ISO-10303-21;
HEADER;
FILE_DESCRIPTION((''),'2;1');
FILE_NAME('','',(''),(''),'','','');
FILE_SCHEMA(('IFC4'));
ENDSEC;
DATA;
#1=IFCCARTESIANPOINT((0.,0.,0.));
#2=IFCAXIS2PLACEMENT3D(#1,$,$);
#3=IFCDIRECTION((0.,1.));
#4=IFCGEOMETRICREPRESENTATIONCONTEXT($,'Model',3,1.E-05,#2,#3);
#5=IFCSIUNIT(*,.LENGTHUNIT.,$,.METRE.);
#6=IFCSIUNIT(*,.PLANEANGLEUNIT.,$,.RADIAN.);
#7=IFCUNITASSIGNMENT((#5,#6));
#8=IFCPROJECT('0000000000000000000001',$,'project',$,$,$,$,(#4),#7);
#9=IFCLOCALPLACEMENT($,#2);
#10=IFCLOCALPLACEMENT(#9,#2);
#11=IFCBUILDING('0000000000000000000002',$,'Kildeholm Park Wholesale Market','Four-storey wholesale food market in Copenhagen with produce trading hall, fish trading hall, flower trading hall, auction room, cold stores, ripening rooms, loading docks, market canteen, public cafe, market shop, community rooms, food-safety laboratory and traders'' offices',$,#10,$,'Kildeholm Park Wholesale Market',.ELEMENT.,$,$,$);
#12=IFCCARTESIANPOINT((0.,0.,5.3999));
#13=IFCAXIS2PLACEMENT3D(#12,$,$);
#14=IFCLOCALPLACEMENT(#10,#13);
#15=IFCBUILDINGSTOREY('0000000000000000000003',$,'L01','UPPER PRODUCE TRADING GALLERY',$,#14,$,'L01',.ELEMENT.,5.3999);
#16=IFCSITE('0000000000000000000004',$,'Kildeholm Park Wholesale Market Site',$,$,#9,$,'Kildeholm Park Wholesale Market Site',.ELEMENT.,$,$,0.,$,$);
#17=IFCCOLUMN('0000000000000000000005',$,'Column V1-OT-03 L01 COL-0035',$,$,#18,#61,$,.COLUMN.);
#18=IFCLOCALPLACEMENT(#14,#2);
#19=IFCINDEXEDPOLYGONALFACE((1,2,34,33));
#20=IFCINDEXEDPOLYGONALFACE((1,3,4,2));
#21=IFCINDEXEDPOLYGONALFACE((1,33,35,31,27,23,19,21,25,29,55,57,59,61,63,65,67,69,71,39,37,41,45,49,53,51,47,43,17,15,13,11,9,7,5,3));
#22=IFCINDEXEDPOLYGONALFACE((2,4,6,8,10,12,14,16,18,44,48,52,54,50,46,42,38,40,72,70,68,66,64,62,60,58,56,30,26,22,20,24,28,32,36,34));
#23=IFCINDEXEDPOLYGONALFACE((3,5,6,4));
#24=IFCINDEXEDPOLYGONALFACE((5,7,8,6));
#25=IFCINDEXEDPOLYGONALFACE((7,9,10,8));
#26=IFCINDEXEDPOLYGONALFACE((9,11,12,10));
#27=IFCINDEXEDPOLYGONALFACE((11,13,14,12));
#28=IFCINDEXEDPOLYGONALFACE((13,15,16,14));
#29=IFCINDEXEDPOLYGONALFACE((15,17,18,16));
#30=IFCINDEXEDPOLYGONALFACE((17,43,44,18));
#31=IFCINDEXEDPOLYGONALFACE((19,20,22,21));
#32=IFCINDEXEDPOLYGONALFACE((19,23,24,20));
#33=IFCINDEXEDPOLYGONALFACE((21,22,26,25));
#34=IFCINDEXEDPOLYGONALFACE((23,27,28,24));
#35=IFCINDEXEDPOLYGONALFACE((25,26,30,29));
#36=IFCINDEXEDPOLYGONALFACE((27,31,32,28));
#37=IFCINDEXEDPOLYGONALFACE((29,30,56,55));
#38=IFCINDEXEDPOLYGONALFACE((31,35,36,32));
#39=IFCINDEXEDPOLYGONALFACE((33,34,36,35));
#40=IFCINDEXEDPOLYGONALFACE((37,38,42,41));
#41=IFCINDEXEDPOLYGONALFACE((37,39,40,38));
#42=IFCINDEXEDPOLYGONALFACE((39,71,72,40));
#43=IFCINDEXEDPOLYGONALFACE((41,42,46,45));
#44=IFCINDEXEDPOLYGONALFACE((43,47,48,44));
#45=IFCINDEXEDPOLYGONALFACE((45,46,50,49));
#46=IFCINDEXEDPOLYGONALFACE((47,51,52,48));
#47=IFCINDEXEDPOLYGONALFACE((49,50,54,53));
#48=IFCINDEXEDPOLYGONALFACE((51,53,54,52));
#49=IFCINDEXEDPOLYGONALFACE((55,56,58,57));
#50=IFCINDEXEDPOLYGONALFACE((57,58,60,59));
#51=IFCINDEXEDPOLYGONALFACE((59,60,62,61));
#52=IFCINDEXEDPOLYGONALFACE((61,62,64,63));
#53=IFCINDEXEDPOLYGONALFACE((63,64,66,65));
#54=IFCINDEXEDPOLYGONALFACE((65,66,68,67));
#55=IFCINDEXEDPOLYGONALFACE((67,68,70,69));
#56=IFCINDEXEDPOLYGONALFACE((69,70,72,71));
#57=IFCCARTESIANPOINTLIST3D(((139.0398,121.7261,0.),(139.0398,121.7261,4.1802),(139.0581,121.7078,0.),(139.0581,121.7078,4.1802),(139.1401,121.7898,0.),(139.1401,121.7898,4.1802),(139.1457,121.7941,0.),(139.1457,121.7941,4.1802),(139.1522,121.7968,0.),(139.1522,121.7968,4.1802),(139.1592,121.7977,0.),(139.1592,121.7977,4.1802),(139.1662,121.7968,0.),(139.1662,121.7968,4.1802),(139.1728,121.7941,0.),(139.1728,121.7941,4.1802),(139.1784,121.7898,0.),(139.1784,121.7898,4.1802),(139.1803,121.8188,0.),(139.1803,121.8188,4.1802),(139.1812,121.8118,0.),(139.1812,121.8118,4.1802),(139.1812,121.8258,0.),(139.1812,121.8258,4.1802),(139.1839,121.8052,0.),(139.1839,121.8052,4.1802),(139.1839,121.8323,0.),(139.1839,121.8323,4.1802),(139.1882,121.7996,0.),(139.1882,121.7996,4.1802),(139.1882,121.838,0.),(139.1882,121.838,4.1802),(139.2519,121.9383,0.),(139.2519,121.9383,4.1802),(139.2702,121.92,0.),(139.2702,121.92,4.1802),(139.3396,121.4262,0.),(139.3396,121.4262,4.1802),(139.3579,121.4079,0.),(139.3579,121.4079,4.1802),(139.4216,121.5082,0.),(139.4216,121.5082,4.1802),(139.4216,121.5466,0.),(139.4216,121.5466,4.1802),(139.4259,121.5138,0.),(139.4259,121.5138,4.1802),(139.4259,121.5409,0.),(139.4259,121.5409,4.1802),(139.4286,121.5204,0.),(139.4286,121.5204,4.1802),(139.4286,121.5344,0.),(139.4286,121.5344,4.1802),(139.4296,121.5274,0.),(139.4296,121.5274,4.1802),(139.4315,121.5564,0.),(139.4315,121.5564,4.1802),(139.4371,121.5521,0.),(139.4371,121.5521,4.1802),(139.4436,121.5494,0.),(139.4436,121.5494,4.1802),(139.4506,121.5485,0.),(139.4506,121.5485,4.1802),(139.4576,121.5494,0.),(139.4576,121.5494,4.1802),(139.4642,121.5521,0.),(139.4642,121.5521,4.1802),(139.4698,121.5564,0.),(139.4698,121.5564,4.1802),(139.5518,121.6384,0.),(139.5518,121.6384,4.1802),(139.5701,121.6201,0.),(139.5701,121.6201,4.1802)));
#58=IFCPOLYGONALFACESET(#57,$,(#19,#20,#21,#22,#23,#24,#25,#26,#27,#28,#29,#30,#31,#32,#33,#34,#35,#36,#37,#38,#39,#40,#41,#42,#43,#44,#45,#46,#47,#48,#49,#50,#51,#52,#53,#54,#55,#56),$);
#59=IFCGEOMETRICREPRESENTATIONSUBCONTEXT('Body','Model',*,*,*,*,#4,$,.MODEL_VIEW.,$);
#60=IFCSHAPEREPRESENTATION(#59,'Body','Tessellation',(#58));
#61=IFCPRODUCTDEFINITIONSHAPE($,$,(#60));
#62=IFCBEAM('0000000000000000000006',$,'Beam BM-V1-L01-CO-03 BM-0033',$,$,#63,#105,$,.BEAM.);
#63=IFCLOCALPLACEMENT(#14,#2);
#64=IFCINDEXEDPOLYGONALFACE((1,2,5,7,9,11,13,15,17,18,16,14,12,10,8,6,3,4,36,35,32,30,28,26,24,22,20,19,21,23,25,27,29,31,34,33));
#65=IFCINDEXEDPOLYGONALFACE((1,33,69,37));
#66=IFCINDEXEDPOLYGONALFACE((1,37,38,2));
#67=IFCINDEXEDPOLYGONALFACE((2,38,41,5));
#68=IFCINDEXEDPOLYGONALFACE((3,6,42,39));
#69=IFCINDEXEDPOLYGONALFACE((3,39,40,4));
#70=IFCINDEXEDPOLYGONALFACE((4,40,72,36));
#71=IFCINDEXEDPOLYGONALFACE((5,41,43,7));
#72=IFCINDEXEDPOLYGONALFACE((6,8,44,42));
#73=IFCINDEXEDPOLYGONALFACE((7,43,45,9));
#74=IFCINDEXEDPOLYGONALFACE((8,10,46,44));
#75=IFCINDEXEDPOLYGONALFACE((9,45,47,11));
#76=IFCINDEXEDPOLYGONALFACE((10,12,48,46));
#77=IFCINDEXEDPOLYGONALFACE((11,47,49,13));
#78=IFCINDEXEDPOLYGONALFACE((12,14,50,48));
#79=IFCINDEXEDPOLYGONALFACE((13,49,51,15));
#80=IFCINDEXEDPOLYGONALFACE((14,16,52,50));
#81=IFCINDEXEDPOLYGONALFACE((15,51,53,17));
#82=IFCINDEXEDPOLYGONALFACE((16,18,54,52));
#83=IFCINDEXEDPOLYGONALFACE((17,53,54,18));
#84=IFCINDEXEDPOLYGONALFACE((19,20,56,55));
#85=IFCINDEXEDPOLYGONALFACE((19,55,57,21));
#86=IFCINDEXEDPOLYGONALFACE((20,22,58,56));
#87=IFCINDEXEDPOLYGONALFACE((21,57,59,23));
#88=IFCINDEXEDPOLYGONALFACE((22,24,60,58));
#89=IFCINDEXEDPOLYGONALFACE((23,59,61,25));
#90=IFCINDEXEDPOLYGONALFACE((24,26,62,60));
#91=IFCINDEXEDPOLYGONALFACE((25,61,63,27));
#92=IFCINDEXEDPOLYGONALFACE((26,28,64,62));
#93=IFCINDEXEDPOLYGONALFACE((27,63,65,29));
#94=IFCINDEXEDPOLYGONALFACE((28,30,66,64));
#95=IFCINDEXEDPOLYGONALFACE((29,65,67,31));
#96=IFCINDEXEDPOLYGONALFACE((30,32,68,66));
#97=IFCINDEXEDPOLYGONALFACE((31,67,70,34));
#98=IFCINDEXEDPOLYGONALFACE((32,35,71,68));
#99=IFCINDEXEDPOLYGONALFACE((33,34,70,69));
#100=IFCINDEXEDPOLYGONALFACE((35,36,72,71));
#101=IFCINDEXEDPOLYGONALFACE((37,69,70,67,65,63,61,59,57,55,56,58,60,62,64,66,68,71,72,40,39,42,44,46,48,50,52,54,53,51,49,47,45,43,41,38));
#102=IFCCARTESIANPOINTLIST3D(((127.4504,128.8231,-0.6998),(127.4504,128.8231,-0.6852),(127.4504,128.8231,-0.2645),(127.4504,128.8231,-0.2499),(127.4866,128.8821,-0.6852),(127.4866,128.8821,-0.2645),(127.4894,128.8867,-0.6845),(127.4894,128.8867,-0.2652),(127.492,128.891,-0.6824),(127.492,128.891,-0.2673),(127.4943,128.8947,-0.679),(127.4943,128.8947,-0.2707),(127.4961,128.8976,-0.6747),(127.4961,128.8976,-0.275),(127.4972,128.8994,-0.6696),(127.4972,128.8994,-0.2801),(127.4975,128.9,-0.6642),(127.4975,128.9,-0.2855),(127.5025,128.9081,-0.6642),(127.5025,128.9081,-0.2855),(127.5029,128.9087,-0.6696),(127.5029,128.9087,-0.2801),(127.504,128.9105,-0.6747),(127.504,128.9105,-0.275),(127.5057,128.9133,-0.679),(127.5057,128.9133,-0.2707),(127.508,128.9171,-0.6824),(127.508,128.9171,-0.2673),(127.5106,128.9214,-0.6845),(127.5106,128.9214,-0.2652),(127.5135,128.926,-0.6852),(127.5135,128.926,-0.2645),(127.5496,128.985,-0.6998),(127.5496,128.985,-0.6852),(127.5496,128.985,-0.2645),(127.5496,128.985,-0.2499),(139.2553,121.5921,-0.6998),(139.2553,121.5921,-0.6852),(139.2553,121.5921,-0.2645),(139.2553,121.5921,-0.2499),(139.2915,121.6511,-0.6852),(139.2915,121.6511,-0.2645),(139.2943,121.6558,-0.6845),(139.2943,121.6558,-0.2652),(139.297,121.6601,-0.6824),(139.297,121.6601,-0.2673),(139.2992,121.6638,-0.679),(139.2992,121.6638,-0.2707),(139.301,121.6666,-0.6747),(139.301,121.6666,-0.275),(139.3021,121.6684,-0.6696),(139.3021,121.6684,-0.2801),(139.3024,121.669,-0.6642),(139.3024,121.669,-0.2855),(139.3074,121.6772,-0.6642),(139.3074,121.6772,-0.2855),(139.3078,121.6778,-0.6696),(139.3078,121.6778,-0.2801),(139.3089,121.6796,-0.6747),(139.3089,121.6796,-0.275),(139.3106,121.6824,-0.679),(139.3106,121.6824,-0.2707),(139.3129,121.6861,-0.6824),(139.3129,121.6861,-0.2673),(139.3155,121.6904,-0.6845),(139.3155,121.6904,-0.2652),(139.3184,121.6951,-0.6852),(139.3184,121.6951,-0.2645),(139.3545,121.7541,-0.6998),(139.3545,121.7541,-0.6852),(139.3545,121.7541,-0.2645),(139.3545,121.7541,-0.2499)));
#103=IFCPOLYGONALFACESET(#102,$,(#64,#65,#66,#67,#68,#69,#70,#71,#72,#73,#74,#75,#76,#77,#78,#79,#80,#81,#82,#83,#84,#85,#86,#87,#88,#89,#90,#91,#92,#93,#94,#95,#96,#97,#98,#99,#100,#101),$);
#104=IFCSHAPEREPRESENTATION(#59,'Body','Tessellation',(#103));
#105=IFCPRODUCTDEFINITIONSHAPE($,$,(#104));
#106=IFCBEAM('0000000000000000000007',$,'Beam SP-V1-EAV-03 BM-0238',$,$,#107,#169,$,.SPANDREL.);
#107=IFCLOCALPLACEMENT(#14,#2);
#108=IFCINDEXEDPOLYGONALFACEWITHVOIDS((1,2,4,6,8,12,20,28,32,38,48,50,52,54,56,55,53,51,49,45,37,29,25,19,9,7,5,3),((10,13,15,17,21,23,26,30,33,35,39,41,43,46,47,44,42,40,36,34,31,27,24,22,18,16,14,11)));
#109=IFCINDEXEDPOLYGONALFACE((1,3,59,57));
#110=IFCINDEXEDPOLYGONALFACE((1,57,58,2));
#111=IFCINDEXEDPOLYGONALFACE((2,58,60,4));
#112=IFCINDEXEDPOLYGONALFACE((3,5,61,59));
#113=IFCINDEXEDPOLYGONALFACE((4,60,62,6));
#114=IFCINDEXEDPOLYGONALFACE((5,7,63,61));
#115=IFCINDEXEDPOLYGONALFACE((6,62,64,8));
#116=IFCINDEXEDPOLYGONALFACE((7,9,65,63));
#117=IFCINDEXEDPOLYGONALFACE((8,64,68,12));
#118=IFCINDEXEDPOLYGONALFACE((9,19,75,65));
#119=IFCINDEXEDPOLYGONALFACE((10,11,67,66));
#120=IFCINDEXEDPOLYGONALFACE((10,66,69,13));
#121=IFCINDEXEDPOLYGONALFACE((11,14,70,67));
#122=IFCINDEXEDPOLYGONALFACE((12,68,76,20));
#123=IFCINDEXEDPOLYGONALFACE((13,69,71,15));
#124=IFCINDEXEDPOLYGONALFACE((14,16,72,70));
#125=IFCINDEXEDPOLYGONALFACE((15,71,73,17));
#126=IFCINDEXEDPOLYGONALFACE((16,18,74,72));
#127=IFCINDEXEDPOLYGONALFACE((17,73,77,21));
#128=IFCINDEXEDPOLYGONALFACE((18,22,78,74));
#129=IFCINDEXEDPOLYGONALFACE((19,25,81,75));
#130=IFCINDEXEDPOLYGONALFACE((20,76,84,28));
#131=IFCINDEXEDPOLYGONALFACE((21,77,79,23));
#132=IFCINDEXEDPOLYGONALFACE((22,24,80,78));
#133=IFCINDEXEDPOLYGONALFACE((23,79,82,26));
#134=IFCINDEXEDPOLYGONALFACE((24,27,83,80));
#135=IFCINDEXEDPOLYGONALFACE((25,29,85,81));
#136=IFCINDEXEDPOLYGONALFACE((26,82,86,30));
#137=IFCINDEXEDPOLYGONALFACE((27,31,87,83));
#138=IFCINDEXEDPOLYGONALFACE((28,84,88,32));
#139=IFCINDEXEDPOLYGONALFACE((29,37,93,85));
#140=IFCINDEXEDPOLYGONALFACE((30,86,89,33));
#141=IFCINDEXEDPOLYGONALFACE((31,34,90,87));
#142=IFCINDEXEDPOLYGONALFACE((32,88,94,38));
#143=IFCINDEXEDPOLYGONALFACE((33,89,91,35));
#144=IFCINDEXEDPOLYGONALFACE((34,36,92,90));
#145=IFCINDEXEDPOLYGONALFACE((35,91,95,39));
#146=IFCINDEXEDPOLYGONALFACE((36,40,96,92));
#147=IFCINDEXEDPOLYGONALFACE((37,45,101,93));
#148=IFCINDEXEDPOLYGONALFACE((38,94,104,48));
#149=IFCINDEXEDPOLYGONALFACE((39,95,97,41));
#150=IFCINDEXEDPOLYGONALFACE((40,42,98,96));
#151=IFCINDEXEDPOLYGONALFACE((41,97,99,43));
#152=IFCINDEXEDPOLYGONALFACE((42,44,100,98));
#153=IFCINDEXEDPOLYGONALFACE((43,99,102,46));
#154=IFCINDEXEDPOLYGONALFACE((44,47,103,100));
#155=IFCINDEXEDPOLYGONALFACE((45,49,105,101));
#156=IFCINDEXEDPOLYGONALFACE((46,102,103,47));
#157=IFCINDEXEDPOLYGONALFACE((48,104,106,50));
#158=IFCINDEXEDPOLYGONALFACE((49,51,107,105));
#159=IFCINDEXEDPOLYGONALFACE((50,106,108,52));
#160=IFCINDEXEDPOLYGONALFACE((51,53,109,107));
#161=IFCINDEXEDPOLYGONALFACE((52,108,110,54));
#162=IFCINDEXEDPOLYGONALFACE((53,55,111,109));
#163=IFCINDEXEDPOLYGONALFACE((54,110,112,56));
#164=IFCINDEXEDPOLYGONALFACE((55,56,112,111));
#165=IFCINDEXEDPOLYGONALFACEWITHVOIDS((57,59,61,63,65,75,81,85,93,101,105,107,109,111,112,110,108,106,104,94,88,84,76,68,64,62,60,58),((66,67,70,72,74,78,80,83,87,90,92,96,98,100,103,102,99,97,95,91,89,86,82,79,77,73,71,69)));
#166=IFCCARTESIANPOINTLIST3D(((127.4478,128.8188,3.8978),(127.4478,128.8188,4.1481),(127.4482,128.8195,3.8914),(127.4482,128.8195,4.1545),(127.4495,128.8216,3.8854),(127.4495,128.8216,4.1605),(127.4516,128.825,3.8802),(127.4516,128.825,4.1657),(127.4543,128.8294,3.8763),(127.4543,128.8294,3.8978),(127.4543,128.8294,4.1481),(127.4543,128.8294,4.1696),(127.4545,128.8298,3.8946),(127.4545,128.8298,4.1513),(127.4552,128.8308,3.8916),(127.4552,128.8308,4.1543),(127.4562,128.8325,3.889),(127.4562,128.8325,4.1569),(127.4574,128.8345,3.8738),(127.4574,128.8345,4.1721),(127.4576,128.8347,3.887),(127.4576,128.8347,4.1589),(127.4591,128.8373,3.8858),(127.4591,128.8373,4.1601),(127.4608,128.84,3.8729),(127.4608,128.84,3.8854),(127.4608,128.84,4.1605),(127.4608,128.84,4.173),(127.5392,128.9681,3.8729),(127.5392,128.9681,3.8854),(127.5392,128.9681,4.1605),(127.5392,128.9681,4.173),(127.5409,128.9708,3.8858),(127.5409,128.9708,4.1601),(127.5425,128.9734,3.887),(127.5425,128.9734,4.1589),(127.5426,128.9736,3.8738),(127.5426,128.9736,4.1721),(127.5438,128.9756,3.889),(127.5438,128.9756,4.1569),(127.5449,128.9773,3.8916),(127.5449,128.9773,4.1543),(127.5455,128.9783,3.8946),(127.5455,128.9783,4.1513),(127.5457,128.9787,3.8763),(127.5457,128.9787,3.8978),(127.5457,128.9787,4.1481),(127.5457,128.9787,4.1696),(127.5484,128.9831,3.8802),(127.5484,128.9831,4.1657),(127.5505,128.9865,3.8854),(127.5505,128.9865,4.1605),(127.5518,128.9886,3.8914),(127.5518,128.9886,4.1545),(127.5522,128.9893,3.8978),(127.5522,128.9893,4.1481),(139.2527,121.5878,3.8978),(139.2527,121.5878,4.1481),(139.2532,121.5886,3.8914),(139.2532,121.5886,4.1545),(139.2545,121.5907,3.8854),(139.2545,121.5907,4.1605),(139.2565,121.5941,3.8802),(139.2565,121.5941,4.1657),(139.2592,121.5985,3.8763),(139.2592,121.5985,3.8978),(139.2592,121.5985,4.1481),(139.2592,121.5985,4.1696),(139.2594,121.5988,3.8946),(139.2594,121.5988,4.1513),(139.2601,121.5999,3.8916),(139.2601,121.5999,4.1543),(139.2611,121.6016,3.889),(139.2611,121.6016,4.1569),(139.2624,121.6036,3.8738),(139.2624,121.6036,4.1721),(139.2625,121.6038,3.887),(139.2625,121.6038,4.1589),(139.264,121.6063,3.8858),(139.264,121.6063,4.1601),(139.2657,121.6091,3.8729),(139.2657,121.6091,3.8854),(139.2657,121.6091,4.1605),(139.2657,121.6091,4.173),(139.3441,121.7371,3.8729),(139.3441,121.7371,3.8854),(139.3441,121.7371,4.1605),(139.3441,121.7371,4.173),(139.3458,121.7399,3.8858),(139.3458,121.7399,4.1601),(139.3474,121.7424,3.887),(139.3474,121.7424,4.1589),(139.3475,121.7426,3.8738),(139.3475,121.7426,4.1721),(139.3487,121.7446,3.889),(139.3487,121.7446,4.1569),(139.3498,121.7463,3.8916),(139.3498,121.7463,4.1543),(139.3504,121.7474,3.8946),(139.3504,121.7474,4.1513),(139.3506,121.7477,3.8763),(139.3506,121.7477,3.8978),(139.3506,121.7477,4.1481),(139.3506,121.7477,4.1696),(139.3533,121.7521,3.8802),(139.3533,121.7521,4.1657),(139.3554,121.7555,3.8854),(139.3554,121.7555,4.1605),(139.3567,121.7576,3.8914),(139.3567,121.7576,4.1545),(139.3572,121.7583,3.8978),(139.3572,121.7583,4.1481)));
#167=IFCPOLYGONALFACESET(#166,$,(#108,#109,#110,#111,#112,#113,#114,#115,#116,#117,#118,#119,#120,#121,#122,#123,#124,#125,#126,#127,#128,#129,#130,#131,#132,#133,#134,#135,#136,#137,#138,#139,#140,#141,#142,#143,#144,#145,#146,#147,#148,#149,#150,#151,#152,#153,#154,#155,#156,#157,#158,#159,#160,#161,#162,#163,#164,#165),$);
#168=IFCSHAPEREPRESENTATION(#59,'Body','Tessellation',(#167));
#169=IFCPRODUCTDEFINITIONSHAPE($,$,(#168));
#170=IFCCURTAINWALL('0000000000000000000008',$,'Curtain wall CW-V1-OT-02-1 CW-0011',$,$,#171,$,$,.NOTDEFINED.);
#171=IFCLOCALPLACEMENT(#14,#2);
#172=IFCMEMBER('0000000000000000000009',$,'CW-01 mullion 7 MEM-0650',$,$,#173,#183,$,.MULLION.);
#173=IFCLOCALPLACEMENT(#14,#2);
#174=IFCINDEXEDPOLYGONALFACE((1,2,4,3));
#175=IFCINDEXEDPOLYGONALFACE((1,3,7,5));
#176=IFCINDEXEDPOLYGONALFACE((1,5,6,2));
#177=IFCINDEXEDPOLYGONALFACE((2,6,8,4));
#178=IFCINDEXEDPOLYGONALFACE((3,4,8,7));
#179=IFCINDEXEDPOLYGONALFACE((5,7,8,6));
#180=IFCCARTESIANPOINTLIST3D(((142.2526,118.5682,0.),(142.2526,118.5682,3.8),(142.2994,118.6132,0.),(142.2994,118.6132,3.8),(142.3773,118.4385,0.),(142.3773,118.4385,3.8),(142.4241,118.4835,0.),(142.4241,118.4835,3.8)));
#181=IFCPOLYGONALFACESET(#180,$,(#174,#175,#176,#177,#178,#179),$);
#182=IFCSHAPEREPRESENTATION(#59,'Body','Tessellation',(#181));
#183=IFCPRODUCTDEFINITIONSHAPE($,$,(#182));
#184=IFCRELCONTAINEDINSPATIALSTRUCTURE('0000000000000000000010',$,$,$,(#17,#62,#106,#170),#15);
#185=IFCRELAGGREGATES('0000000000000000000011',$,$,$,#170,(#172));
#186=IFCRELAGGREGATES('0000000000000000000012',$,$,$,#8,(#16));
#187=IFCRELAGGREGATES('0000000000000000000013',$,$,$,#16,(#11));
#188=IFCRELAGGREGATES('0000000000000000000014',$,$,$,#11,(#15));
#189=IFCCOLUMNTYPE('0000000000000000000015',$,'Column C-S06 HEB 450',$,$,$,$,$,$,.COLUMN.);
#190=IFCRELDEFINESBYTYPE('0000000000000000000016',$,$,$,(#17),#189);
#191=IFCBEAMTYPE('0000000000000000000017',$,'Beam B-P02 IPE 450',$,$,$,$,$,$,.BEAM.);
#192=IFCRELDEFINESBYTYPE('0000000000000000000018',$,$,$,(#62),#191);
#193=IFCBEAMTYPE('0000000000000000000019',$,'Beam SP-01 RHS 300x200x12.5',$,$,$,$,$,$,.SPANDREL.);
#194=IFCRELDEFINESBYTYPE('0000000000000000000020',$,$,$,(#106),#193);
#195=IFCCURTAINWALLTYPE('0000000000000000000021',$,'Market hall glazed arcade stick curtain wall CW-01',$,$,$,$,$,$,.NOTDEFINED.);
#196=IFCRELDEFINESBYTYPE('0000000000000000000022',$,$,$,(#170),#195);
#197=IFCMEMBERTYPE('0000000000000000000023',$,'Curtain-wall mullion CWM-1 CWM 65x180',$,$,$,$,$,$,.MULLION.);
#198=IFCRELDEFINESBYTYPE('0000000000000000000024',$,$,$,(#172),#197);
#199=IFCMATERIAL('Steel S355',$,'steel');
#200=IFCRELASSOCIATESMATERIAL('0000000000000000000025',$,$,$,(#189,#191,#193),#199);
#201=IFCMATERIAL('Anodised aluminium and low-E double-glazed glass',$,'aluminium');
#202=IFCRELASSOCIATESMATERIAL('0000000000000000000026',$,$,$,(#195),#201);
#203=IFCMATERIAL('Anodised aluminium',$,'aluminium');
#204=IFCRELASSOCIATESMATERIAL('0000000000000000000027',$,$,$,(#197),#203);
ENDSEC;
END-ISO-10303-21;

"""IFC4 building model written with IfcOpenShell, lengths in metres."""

from ifc_helpers import new_model, si_unit, direction, frame, origin, origin_2d, place, context, subcontext, project, spatial, rectangle, hollow_rectangle, i_section, extrude, material, material_profile, profile_set, type_object, element, aggregate, save


model = new_model("IFC4")

# Units and contexts
model_context = context("Model", 3, precision=1e-05, world=origin(), true_north=direction((0.0, 1.0)))
body_context = subcontext(model_context, "Body", "Model", "MODEL_VIEW")
ifc_project = project(units=[si_unit("LENGTHUNIT", "METRE"), si_unit("PLANEANGLEUNIT", "RADIAN")], contexts=[model_context])

# Site, building, storey
site_placement = place(None, origin())
site = spatial("IfcSite", under=ifc_project, at=site_placement, Name="Kildeholm Park Wholesale Market Site", LongName="Kildeholm Park Wholesale Market Site", CompositionType="ELEMENT", RefElevation=0.0)
building_placement = place(site_placement, origin())
building = spatial("IfcBuilding", under=site, at=building_placement, Name="Kildeholm Park Wholesale Market", Description="Four-storey wholesale food market in Copenhagen with produce trading hall, fish trading hall, flower trading hall, auction room, cold stores, ripening rooms, loading docks, market canteen, public cafe, market shop, community rooms, food-safety laboratory and traders' offices", LongName="Kildeholm Park Wholesale Market", CompositionType="ELEMENT")
storey_placement = place(building_placement, frame((0.0, 0.0, 5.3999)))
storey = spatial("IfcBuildingStorey", under=building, at=storey_placement, Name="L01", Description="UPPER PRODUCE TRADING GALLERY", LongName="L01", CompositionType="ELEMENT", Elevation=5.3999)

# Column
ifc_material_1 = material(Name="Steel S355", Category="steel")
ifc_material_profile_1 = material_profile(ifc_material_1, i_section(OverallWidth=0.3, OverallDepth=0.45, WebThickness=0.0139, FlangeThickness=0.0259, FilletRadius=0.0271, at=origin_2d()), Name="HEB 450")
ifc_profile_set_1 = profile_set([ifc_material_profile_1], Name="Steel S355")
column_type = type_object("IfcColumnType", Name="Column C-S06 HEB 450", PredefinedType="COLUMN", material=ifc_profile_set_1)
column_placement = place(storey_placement, frame((139.3049, 121.6731, 0.0), z_axis=(0.0, 0.0, 1.0), x_axis=(0.707107, 0.707107, 0.0)))
element("IfcColumn", 1, at=column_placement, inside=storey, type_object=column_type, Name="Column V1-OT-03 L01 COL-0035", PredefinedType="COLUMN", context=body_context, shape_type="SweptSolid", body=[
    extrude(i_section(OverallWidth=0.3, OverallDepth=0.45, WebThickness=0.0139, FlangeThickness=0.0259, FilletRadius=0.0271, at=origin_2d()), origin(), (0.0, 0.0, 1.0), 4.1802),
])

# Beams
ifc_material_profile_2 = material_profile(ifc_material_1, i_section(OverallWidth=0.1899, OverallDepth=0.45, WebThickness=0.0095, FlangeThickness=0.0146, FilletRadius=0.021, at=origin_2d()), Name="IPE 450")
ifc_profile_set_2 = profile_set([ifc_material_profile_2], Name="Steel S355")
beam_type_1 = type_object("IfcBeamType", Name="Beam B-P02 IPE 450", PredefinedType="BEAM", material=ifc_profile_set_2)
beam_1_placement = place(storey_placement, frame((139.3049, 121.6731, -0.4749), z_axis=(-0.85274, 0.522335, 0.0), x_axis=(-0.522335, -0.85274, 0.0)))
element("IfcBeam", 2, at=beam_1_placement, inside=storey, type_object=beam_type_1, Name="Beam BM-V1-L01-CO-03 BM-0033", PredefinedType="BEAM", context=body_context, shape_type="SweptSolid", body=[
    extrude(i_section(OverallWidth=0.1899, OverallDepth=0.45, WebThickness=0.0095, FlangeThickness=0.0146, FilletRadius=0.021, at=origin_2d()), origin(), (0.0, 0.0, 1.0), 13.8435),
])
ifc_material_profile_3 = material_profile(ifc_material_1, hollow_rectangle(XDim=0.2, YDim=0.3, WallThickness=0.0125, InnerFilletRadius=0.0125, OuterFilletRadius=0.0249, at=origin_2d()), Name="RHS 300x200x12.5")
ifc_profile_set_3 = profile_set([ifc_material_profile_3], Name="Steel S355")
beam_type_2 = type_object("IfcBeamType", Name="Beam SP-01 RHS 300x200x12.5", PredefinedType="SPANDREL", material=ifc_profile_set_3)
beam_2_placement = place(storey_placement, frame((139.3049, 121.6731, 4.0229), z_axis=(-0.85274, 0.522335, 0.0), x_axis=(-0.522335, -0.85274, 0.0)))
element("IfcBeam", 3, at=beam_2_placement, inside=storey, type_object=beam_type_2, Name="Beam SP-V1-EAV-03 BM-0238", PredefinedType="SPANDREL", context=body_context, shape_type="SweptSolid", body=[
    extrude(hollow_rectangle(XDim=0.2, YDim=0.3, WallThickness=0.0125, InnerFilletRadius=0.0125, OuterFilletRadius=0.0249, at=origin_2d()), origin(), (0.0, 0.0, 1.0), 13.8435),
])

# Curtain wall, member
ifc_material_2 = material(Name="Anodised aluminium and low-E double-glazed glass", Category="aluminium")
curtain_wall_type = type_object("IfcCurtainWallType", Name="Market hall glazed arcade stick curtain wall CW-01", PredefinedType="NOTDEFINED", material=ifc_material_2)
curtain_wall_1_placement = place(storey_placement, origin())
curtain_wall_1 = element("IfcCurtainWall", 4, at=curtain_wall_1_placement, inside=storey, type_object=curtain_wall_type, Name="Curtain wall CW-V1-OT-02-1 CW-0011", PredefinedType="NOTDEFINED")
ifc_material_3 = material(Name="Anodised aluminium", Category="aluminium")
ifc_material_profile_4 = material_profile(ifc_material_3, rectangle(XDim=0.0649, YDim=0.1799, at=origin_2d()), Name="CWM 65x180")
ifc_profile_set_4 = profile_set([ifc_material_profile_4], Name="Anodised aluminium")
member_type_1 = type_object("IfcMemberType", Name="Curtain-wall mullion CWM-1 CWM 65x180", PredefinedType="MULLION", material=ifc_profile_set_4)
member_1_placement = place(storey_placement, frame((142.3384, 118.5259, 0.0), z_axis=(0.0, 0.0, 1.0), x_axis=(-0.720901, -0.693038, 0.0)))
member_1 = element("IfcMember", 5, at=member_1_placement, type_object=member_type_1, Name="CW-01 mullion 7 MEM-0650", PredefinedType="MULLION", context=body_context, shape_type="SweptSolid", body=[
    extrude(rectangle(XDim=0.0649, YDim=0.1799, at=origin_2d()), origin(), (0.0, 0.0, 1.0), 3.8),
])

aggregate(curtain_wall_1, [member_1])

save(model, "model.ifc")
